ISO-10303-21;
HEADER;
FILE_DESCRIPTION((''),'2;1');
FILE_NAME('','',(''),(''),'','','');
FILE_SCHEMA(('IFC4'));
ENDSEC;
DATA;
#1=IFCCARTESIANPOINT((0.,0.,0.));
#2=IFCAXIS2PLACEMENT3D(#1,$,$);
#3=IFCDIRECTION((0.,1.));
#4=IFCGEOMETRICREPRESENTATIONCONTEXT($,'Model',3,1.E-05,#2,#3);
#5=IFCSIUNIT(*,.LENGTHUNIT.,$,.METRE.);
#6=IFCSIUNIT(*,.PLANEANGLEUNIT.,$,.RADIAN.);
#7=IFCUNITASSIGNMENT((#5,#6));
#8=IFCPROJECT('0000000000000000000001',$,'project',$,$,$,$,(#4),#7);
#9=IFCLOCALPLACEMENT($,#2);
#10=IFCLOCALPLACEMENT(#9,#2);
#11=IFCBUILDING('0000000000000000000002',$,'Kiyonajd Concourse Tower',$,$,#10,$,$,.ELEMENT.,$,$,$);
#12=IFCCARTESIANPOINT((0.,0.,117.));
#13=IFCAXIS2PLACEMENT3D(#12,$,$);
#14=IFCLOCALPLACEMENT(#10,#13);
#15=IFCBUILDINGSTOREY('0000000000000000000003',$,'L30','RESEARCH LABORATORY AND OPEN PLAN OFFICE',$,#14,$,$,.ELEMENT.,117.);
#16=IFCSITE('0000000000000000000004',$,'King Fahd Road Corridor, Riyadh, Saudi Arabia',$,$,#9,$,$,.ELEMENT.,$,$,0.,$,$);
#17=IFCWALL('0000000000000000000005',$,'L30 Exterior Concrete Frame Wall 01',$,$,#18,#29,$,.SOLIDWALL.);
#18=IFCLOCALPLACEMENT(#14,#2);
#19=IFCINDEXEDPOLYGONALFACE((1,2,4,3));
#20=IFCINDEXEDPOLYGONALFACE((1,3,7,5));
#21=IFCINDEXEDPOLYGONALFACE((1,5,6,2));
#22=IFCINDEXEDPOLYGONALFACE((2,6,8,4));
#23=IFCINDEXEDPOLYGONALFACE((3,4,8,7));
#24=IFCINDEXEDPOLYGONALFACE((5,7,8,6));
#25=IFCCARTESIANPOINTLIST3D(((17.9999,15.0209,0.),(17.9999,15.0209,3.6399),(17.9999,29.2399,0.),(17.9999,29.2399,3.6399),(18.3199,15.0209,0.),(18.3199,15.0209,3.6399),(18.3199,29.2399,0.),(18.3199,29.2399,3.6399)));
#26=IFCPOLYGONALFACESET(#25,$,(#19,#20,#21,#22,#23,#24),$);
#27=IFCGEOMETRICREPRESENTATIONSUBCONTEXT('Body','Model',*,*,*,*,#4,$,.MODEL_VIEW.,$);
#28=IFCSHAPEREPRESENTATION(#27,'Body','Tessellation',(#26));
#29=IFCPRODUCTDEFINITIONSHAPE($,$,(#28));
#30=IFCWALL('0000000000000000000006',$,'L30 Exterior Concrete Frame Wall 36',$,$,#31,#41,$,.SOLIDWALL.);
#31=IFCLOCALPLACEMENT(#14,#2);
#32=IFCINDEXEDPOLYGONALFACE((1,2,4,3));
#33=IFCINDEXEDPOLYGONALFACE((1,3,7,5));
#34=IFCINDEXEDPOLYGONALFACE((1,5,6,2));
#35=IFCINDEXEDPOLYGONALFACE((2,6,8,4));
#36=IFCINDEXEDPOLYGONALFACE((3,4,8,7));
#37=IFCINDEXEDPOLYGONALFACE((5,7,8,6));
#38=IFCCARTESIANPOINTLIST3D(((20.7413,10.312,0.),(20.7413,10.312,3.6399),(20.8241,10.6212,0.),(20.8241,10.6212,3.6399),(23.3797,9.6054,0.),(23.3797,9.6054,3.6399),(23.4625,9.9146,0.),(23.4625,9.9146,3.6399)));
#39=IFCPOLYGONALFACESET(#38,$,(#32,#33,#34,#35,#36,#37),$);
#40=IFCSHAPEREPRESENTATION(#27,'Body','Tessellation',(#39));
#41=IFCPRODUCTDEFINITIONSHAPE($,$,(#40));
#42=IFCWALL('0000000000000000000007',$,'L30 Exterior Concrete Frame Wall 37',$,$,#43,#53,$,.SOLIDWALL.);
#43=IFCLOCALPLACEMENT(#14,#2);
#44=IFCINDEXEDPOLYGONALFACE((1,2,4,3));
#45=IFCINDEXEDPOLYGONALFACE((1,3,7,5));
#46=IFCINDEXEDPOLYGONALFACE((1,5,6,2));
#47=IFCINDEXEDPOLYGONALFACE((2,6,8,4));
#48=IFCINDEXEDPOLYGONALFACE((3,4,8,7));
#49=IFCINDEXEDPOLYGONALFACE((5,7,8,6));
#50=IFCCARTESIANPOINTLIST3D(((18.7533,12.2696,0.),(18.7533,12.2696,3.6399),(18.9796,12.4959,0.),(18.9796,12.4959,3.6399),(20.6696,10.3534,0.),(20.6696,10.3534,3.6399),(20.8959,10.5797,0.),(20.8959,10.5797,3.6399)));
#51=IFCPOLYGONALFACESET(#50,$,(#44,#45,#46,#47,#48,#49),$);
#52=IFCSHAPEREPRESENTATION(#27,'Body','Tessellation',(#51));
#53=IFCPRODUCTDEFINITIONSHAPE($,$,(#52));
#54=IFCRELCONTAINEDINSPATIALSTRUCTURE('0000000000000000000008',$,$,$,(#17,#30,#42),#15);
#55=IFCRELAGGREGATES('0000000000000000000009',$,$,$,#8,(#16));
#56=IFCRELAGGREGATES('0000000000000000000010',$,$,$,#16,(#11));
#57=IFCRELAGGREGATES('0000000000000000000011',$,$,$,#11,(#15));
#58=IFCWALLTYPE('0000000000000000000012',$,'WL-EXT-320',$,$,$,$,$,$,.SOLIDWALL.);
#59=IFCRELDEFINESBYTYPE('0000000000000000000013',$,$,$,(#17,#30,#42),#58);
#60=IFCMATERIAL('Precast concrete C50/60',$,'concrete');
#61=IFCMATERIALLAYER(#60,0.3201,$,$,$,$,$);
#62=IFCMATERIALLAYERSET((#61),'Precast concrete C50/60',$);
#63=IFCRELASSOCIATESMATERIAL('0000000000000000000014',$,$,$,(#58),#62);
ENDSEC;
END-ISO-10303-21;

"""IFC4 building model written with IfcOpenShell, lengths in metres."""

from ifc_helpers import new_model, si_unit, direction, frame, frame_2d, origin, place, context, subcontext, project, spatial, rectangle, extrude, material, layer, layer_set, type_object, element, save


model = new_model("IFC4")

# Units and contexts
model_context = context("Model", 3, precision=1e-05, world=origin(), true_north=direction((0.0, 1.0)))
body_context = subcontext(model_context, "Body", "Model", "MODEL_VIEW")
ifc_project = project(units=[si_unit("LENGTHUNIT", "METRE"), si_unit("PLANEANGLEUNIT", "RADIAN")], contexts=[model_context])

# Site, building, storey
site_placement = place(None, origin())
site = spatial("IfcSite", under=ifc_project, at=site_placement, Name="King Fahd Road Corridor, Riyadh, Saudi Arabia", CompositionType="ELEMENT", RefElevation=0.0)
building_placement = place(site_placement, origin())
building = spatial("IfcBuilding", under=site, at=building_placement, Name="Kiyonajd Concourse Tower", CompositionType="ELEMENT")
storey_placement = place(building_placement, frame((0.0, 0.0, 117.0)))
storey = spatial("IfcBuildingStorey", under=building, at=storey_placement, Name="L30", Description="RESEARCH LABORATORY AND OPEN PLAN OFFICE", CompositionType="ELEMENT", Elevation=117.0)

# Shared definitions
ifc_material_1 = material(Name="Precast concrete C50/60", Category="concrete")

# Walls
ifc_layer_1 = layer(ifc_material_1, 0.3201)
ifc_layer_set_1 = layer_set([ifc_layer_1], Name="Precast concrete C50/60")
wall_type_1 = type_object("IfcWallType", Name="WL-EXT-320", PredefinedType="SOLIDWALL", material=ifc_layer_set_1)
wall_1_placement = place(storey_placement, frame((18.1599, 15.021, 0.0), z_axis=(0.0, 0.0, 1.0), x_axis=(0.0, 1.0, 0.0)))
element("IfcWall", 1, at=wall_1_placement, inside=storey, type_object=wall_type_1, Name="L30 Exterior Concrete Frame Wall 01", PredefinedType="SOLIDWALL", context=body_context, shape_type="SweptSolid", body=[
    extrude(rectangle(XDim=14.219, YDim=0.3201, at=frame_2d((7.1094, 0.0))), origin(), (0.0, 0.0, 1.0), 3.6399),
])
wall_2_placement = place(storey_placement, frame((23.4211, 9.76, 0.0), z_axis=(0.0, 0.0, 1.0), x_axis=(-0.965964, 0.258675, 0.0)))
element("IfcWall", 2, at=wall_2_placement, inside=storey, type_object=wall_type_1, Name="L30 Exterior Concrete Frame Wall 36", PredefinedType="SOLIDWALL", context=body_context, shape_type="SweptSolid", body=[
    extrude(rectangle(XDim=2.7314, YDim=0.3201, at=frame_2d((1.3657, 0.0))), origin(), (0.0, 0.0, 1.0), 3.6399),
])
wall_3_placement = place(storey_placement, frame((20.7827, 10.4666, 0.0), z_axis=(0.0, 0.0, 1.0), x_axis=(-0.707107, 0.707107, 0.0)))
element("IfcWall", 3, at=wall_3_placement, inside=storey, type_object=wall_type_1, Name="L30 Exterior Concrete Frame Wall 37", PredefinedType="SOLIDWALL", context=body_context, shape_type="SweptSolid", body=[
    extrude(rectangle(XDim=2.71, YDim=0.3201, at=frame_2d((1.355, 0.0))), origin(), (0.0, 0.0, 1.0), 3.6399),
])

save(model, "model.ifc")
